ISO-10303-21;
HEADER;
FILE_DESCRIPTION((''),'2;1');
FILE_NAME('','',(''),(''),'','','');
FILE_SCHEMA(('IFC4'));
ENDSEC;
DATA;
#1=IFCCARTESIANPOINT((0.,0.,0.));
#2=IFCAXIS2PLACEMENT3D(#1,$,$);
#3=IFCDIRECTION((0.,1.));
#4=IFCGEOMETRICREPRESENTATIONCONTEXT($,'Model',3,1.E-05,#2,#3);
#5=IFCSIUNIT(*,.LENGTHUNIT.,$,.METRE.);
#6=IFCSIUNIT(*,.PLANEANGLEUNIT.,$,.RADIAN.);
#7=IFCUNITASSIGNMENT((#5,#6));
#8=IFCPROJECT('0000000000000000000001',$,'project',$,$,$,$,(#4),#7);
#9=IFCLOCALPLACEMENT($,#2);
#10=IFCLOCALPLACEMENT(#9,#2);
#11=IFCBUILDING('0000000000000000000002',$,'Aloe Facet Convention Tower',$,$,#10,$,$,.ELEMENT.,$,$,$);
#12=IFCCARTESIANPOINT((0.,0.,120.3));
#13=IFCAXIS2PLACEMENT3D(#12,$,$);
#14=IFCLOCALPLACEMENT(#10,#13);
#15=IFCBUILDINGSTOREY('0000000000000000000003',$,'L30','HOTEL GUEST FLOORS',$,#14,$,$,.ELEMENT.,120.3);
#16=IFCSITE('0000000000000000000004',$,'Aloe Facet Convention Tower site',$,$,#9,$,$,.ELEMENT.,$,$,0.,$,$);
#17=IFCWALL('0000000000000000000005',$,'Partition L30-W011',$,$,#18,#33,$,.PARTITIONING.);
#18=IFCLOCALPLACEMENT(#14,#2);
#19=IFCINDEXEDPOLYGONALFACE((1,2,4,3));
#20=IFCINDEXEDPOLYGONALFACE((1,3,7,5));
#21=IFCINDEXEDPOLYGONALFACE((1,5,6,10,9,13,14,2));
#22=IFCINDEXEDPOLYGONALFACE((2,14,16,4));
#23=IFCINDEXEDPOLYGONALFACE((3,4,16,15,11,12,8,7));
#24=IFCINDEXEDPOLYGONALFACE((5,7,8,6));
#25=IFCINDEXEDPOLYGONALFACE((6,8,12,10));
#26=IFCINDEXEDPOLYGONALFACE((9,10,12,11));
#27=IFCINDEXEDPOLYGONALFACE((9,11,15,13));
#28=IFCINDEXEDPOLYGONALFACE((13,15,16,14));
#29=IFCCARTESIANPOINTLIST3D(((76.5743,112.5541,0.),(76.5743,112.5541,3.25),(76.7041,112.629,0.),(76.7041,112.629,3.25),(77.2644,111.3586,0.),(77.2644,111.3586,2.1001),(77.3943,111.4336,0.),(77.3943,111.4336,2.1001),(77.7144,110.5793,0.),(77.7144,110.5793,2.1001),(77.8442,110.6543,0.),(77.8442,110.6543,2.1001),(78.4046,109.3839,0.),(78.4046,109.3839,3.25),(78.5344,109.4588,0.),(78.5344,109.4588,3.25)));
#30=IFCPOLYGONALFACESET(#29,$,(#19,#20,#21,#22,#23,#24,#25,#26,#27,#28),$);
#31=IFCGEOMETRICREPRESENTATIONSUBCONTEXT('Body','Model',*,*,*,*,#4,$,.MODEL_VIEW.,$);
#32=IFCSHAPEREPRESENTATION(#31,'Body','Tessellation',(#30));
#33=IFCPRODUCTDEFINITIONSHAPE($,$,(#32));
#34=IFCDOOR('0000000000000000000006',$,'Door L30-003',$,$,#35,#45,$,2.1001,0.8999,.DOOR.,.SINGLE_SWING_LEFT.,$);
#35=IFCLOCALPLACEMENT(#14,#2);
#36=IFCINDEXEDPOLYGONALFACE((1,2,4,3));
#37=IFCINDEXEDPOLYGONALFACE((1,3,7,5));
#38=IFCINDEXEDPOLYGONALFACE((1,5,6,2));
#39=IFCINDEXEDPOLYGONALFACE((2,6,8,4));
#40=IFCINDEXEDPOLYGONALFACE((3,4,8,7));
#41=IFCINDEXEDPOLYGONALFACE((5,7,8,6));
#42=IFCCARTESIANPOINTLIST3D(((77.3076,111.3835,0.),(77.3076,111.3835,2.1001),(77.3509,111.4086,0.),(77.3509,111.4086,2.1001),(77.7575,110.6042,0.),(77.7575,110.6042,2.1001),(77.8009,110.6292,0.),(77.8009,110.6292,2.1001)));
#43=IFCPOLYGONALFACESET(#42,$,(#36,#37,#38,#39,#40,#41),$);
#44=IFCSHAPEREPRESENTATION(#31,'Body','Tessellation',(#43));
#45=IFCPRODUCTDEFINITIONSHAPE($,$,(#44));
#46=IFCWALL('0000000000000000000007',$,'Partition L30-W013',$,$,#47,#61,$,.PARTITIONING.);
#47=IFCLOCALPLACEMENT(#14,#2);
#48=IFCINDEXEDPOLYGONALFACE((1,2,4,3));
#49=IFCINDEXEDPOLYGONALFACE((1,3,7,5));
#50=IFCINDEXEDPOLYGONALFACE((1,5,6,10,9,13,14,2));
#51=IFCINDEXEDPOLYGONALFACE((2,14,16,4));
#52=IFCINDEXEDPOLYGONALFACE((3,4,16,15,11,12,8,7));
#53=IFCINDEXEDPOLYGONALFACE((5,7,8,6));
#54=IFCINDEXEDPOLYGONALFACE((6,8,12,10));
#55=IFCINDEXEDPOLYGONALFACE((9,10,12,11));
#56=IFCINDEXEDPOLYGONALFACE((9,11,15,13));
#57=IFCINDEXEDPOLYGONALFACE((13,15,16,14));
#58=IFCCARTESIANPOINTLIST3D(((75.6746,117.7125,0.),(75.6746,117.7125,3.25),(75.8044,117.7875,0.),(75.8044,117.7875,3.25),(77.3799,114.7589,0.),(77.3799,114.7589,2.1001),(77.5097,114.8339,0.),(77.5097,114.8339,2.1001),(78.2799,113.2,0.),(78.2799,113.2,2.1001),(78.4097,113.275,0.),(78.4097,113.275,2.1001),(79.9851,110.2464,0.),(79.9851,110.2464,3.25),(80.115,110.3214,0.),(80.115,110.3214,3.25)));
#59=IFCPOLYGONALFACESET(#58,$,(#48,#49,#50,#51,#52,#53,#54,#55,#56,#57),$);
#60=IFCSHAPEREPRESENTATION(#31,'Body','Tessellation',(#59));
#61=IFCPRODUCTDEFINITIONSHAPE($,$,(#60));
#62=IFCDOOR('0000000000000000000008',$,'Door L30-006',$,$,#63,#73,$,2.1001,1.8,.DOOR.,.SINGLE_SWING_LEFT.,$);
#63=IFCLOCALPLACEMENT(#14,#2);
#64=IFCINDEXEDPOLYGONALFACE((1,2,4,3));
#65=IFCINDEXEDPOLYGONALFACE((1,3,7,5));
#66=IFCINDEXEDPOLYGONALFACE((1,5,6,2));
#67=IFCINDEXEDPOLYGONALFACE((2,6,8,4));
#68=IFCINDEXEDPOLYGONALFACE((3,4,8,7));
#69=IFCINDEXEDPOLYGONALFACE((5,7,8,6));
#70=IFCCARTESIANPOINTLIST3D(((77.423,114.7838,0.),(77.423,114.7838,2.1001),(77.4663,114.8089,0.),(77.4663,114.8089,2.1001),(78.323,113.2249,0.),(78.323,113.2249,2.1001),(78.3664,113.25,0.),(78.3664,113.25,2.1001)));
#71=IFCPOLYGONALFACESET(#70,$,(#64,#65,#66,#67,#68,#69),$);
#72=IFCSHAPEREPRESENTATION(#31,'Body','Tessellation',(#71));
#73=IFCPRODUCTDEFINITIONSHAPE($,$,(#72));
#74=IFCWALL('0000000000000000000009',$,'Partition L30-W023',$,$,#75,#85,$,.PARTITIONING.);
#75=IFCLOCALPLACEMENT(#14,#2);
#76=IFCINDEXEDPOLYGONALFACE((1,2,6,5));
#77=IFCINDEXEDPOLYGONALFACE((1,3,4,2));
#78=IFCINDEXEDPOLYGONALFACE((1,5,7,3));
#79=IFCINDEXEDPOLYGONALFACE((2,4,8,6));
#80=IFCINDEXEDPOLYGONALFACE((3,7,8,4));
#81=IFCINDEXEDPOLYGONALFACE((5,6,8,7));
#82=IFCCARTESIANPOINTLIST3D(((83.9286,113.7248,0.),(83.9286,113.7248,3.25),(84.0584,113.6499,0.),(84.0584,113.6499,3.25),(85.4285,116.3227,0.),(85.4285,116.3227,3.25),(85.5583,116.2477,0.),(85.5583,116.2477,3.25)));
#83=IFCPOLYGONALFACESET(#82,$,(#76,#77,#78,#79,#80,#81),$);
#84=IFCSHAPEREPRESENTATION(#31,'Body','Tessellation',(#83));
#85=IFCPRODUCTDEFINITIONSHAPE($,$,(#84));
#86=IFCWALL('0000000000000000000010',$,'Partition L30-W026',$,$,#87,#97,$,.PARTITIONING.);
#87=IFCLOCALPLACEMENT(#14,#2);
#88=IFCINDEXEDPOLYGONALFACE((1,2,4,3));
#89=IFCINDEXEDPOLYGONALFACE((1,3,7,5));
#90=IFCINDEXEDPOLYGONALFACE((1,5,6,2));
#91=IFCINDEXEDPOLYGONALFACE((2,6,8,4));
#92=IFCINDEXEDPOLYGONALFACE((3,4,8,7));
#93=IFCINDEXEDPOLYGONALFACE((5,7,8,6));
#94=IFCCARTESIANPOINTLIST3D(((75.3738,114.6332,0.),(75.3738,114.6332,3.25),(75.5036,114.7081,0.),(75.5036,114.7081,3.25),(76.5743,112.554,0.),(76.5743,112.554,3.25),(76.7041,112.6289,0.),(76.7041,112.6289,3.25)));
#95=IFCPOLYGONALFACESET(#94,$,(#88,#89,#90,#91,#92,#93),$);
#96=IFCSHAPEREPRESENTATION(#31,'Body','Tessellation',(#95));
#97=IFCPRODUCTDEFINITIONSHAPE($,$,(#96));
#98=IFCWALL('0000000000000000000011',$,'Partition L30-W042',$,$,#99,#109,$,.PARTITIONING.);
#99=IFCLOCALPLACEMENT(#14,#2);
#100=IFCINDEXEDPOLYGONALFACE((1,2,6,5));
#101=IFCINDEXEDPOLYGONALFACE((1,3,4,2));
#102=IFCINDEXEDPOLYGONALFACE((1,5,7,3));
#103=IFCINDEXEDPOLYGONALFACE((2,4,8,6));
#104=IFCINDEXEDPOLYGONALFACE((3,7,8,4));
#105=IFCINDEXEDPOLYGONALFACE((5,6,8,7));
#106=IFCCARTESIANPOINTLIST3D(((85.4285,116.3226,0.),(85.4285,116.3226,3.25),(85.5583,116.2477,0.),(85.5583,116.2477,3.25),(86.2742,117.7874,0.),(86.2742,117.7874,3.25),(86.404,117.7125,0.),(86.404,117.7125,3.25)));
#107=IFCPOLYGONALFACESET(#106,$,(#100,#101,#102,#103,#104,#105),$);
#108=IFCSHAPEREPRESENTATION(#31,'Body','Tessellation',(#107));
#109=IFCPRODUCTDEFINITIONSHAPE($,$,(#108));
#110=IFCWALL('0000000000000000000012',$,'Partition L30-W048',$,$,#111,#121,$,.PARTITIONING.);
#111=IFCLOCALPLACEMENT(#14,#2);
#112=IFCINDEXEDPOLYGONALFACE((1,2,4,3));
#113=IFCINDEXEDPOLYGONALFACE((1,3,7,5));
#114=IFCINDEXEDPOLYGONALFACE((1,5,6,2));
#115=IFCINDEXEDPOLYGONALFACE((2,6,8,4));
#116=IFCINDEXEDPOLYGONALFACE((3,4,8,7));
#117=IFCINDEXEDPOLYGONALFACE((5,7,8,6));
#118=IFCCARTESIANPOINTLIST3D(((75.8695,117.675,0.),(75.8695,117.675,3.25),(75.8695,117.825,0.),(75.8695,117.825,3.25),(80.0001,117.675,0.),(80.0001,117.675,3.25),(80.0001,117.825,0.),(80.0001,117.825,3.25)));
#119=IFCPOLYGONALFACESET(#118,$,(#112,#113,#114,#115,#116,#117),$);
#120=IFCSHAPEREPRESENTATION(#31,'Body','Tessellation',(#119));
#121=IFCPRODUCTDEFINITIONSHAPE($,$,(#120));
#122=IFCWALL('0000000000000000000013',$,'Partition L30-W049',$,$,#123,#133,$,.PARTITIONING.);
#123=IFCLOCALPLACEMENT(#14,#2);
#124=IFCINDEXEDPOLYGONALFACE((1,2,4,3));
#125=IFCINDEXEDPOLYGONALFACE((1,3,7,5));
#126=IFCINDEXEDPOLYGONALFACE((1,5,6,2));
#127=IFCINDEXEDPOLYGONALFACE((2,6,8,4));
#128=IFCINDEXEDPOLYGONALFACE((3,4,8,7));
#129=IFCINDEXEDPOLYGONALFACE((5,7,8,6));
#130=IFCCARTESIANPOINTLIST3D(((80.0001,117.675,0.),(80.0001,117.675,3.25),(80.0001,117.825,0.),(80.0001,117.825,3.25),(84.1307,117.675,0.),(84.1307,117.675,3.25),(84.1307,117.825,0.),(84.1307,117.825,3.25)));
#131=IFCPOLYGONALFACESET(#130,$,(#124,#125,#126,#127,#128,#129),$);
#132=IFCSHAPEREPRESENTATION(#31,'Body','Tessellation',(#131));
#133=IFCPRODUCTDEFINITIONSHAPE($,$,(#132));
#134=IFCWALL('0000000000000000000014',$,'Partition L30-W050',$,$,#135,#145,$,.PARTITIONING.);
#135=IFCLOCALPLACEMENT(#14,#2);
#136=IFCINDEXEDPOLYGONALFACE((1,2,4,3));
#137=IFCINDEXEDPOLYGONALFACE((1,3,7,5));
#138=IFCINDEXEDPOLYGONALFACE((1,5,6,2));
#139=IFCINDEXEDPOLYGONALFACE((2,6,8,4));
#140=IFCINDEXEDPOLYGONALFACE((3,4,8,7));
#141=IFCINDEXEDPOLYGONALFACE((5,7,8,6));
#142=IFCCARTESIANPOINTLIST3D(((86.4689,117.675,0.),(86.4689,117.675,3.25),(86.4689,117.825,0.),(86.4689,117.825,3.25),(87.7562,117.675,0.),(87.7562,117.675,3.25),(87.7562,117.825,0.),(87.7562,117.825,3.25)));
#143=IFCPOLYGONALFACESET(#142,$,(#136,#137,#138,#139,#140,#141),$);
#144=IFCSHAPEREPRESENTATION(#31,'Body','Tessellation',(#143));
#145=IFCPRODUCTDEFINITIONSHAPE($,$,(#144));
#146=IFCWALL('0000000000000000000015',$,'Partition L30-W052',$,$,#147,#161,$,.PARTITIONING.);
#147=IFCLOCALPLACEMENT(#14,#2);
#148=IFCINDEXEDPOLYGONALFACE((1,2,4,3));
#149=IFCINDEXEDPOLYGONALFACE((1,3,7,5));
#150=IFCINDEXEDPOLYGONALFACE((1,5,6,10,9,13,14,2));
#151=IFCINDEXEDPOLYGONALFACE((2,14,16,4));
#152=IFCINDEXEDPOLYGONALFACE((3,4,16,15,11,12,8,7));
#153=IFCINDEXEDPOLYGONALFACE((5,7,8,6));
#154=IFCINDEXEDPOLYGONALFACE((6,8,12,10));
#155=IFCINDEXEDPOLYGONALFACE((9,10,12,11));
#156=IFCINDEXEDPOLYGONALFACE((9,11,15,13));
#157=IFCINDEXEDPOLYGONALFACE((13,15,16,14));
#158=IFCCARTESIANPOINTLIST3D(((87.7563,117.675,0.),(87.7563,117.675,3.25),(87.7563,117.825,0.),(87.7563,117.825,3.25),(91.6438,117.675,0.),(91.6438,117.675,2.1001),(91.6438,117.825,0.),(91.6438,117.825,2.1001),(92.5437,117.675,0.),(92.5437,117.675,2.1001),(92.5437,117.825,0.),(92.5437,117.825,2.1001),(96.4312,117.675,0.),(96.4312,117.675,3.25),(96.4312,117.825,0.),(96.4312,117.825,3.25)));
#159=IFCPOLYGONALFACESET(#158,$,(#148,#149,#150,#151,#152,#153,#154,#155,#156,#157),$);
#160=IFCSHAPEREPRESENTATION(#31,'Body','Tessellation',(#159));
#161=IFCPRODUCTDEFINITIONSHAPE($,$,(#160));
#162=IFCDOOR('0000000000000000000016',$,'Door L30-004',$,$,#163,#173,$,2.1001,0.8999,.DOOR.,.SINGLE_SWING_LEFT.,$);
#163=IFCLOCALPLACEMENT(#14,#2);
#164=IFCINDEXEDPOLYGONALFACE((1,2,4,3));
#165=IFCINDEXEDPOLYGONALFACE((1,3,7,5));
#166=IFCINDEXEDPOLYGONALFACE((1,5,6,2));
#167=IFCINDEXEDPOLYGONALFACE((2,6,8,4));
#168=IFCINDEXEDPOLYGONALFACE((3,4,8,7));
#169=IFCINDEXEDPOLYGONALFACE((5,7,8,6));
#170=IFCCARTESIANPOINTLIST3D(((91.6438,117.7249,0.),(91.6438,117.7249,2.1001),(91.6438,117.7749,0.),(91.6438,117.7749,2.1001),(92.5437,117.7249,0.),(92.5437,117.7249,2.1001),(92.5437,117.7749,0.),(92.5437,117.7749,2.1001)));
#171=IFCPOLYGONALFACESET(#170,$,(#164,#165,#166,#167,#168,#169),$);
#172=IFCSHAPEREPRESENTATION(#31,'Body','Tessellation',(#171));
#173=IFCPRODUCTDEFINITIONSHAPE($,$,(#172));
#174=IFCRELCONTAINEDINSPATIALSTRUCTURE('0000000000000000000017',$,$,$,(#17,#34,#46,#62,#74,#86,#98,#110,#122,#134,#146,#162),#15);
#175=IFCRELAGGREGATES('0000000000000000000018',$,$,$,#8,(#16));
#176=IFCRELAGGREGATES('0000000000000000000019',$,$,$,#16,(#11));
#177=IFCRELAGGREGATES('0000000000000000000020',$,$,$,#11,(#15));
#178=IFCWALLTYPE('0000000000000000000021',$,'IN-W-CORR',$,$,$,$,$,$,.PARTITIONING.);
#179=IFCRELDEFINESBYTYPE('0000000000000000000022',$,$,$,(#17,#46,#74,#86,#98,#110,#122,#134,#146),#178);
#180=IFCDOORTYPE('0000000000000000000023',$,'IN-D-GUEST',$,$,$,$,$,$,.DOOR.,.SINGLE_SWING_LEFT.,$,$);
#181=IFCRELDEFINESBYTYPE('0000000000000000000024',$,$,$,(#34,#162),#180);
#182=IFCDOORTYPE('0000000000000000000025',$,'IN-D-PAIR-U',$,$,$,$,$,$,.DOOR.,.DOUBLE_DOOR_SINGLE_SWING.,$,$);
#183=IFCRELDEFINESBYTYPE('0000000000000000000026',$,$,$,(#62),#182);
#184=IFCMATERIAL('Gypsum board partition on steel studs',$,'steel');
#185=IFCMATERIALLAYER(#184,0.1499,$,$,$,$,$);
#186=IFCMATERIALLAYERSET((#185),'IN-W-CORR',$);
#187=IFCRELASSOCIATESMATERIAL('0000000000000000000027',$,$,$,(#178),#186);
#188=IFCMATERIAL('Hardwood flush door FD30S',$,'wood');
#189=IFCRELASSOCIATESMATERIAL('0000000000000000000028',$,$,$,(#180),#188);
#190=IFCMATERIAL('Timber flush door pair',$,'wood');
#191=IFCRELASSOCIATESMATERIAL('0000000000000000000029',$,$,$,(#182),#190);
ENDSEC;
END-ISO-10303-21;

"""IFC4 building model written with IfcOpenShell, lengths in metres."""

from ifc_helpers import new_model, si_unit, direction, frame, frame_2d, origin, place, context, subcontext, project, spatial, rectangle, extrude, material, layer, layer_set, type_object, element, fill, save


model = new_model("IFC4")

# Units and contexts
model_context = context("Model", 3, precision=1e-05, world=origin(), true_north=direction((0.0, 1.0)))
body_context = subcontext(model_context, "Body", "Model", "MODEL_VIEW")
ifc_project = project(units=[si_unit("LENGTHUNIT", "METRE"), si_unit("PLANEANGLEUNIT", "RADIAN")], contexts=[model_context])

# Site, building, storey
site_placement = place(None, origin())
site = spatial("IfcSite", under=ifc_project, at=site_placement, Name="Aloe Facet Convention Tower site", CompositionType="ELEMENT", RefElevation=0.0)
building_placement = place(site_placement, origin())
building = spatial("IfcBuilding", under=site, at=building_placement, Name="Aloe Facet Convention Tower", CompositionType="ELEMENT")
storey_placement = place(building_placement, frame((0.0, 0.0, 120.3)))
storey = spatial("IfcBuildingStorey", under=building, at=storey_placement, Name="L30", Description="HOTEL GUEST FLOORS", CompositionType="ELEMENT", Elevation=120.3)

# Walls, openings, doors
ifc_material_1 = material(Name="Gypsum board partition on steel studs", Category="steel")
ifc_layer_1 = layer(ifc_material_1, 0.1499)
ifc_layer_set_1 = layer_set([ifc_layer_1], Name="IN-W-CORR")
wall_type_1 = type_object("IfcWallType", Name="IN-W-CORR", PredefinedType="PARTITIONING", material=ifc_layer_set_1)
wall_1_placement = place(storey_placement, frame((76.6392, 112.5916, 0.0), z_axis=(0.0, 0.0, 1.0), x_axis=(0.500005, -0.866022, 0.0)))
wall_1 = element("IfcWall", 1, at=wall_1_placement, inside=storey, type_object=wall_type_1, Name="Partition L30-W011", PredefinedType="PARTITIONING", context=body_context, shape_type="SweptSolid", body=[
    extrude(rectangle(XDim=3.6606, YDim=0.1499, at=frame_2d((1.8303, 0.0))), origin(), (0.0, 0.0, 1.0), 3.25),
])
opening_1_placement = place(wall_1_placement, frame((1.3804, 0.0, 0.0)))
opening_1 = element("IfcOpeningElement", 2, at=opening_1_placement, cuts=wall_1, PredefinedType="OPENING", context=body_context, shape_type="SweptSolid", body=[
    extrude(rectangle(XDim=0.8999, YDim=2.1001, at=frame_2d((0.45, 1.05))), frame((0.0, 0.085, 0.0), z_axis=(0.0, -1.0, 0.0), x_axis=(1.0, 0.0, 0.0)), (0.0, 0.0, 1.0), 0.1699),
])
ifc_material_2 = material(Name="Hardwood flush door FD30S", Category="wood")
door_type_1 = type_object("IfcDoorType", Name="IN-D-GUEST", OperationType="SINGLE_SWING_LEFT", PredefinedType="DOOR", material=ifc_material_2)
door_1_placement = place(opening_1_placement, origin())
door_1 = element("IfcDoor", 3, at=door_1_placement, inside=storey, type_object=door_type_1, Name="Door L30-003", OperationType="SINGLE_SWING_LEFT", OverallHeight=2.1001, OverallWidth=0.8999, PredefinedType="DOOR", context=body_context, shape_type="SweptSolid", body=[
    extrude(rectangle(XDim=0.8999, YDim=2.1001, at=frame_2d((0.45, 1.05))), frame((0.0, 0.0249, 0.0), z_axis=(0.0, -1.0, 0.0), x_axis=(1.0, 0.0, 0.0)), (0.0, 0.0, 1.0), 0.05),
])
fill(opening_1, door_1)
wall_2_placement = place(storey_placement, frame((75.7395, 117.75, 0.0), z_axis=(0.0, 0.0, 1.0), x_axis=(0.500001, -0.866025, 0.0)))
wall_2 = element("IfcWall", 4, at=wall_2_placement, inside=storey, type_object=wall_type_1, Name="Partition L30-W013", PredefinedType="PARTITIONING", context=body_context, shape_type="SweptSolid", body=[
    extrude(rectangle(XDim=8.6211, YDim=0.1499, at=frame_2d((4.3105, 0.0))), origin(), (0.0, 0.0, 1.0), 3.25),
])
opening_2_placement = place(wall_2_placement, frame((3.4106, 0.0, 0.0)))
opening_2 = element("IfcOpeningElement", 5, at=opening_2_placement, cuts=wall_2, PredefinedType="OPENING", context=body_context, shape_type="SweptSolid", body=[
    extrude(rectangle(XDim=1.8, YDim=2.1001, at=frame_2d((0.8999, 1.05))), frame((0.0, 0.085, 0.0), z_axis=(0.0, -1.0, 0.0), x_axis=(1.0, 0.0, 0.0)), (0.0, 0.0, 1.0), 0.1699),
])
ifc_material_3 = material(Name="Timber flush door pair", Category="wood")
door_type_2 = type_object("IfcDoorType", Name="IN-D-PAIR-U", OperationType="DOUBLE_DOOR_SINGLE_SWING", PredefinedType="DOOR", material=ifc_material_3)
door_2_placement = place(opening_2_placement, origin())
door_2 = element("IfcDoor", 6, at=door_2_placement, inside=storey, type_object=door_type_2, Name="Door L30-006", OperationType="SINGLE_SWING_LEFT", OverallHeight=2.1001, OverallWidth=1.8, PredefinedType="DOOR", context=body_context, shape_type="SweptSolid", body=[
    extrude(rectangle(XDim=1.8, YDim=2.1001, at=frame_2d((0.8999, 1.05))), frame((0.0, 0.0249, 0.0), z_axis=(0.0, -1.0, 0.0), x_axis=(1.0, 0.0, 0.0)), (0.0, 0.0, 1.0), 0.05),
])
fill(opening_2, door_2)

# Walls
wall_3_placement = place(storey_placement, frame((83.9934, 113.6873, 0.0), z_axis=(0.0, 0.0, 1.0), x_axis=(0.500025, 0.866011, 0.0)))
element("IfcWall", 7, at=wall_3_placement, inside=storey, type_object=wall_type_1, Name="Partition L30-W023", PredefinedType="PARTITIONING", context=body_context, shape_type="SweptSolid", body=[
    extrude(rectangle(XDim=2.9998, YDim=0.1499, at=frame_2d((1.5, 0.0))), origin(), (0.0, 0.0, 1.0), 3.25),
])
wall_4_placement = place(storey_placement, frame((75.4387, 114.6707, 0.0), z_axis=(0.0, 0.0, 1.0), x_axis=(0.500022, -0.866013, 0.0)))
element("IfcWall", 8, at=wall_4_placement, inside=storey, type_object=wall_type_1, Name="Partition L30-W026", PredefinedType="PARTITIONING", context=body_context, shape_type="SweptSolid", body=[
    extrude(rectangle(XDim=2.4009, YDim=0.1499, at=frame_2d((1.2004, 0.0))), origin(), (0.0, 0.0, 1.0), 3.25),
])
wall_5_placement = place(storey_placement, frame((85.4934, 116.2852, 0.0), z_axis=(0.0, 0.0, 1.0), x_axis=(0.499989, 0.866032, 0.0)))
element("IfcWall", 9, at=wall_5_placement, inside=storey, type_object=wall_type_1, Name="Partition L30-W042", PredefinedType="PARTITIONING", context=body_context, shape_type="SweptSolid", body=[
    extrude(rectangle(XDim=1.6914, YDim=0.1499, at=frame_2d((0.8457, 0.0))), origin(), (0.0, 0.0, 1.0), 3.25),
])
for number, where, z_axis, x_axis, name in (
    (10, (75.8694, 117.75, 0.0), (0.0, 0.0, 1.0), (1.0, 0.0, 0.0), "Partition L30-W048"),
    (11, (80.0, 117.75, 0.0), (0.0, 0.0, 1.0), (1.0, 0.0, 0.0), "Partition L30-W049"),
):
    element("IfcWall", number, at=place(storey_placement, frame(where, z_axis=z_axis, x_axis=x_axis)), inside=storey, type_object=wall_type_1, Name=name, PredefinedType="PARTITIONING", context=body_context, shape_type="SweptSolid", body=[
        extrude(rectangle(XDim=4.1306, YDim=0.1499, at=frame_2d((2.0654, 0.0))), origin(), (0.0, 0.0, 1.0), 3.25),
    ])
wall_6_placement = place(storey_placement, frame((86.469, 117.75, 0.0), z_axis=(0.0, 0.0, 1.0), x_axis=(1.0, 0.0, 0.0)))
element("IfcWall", 12, at=wall_6_placement, inside=storey, type_object=wall_type_1, Name="Partition L30-W050", PredefinedType="PARTITIONING", context=body_context, shape_type="SweptSolid", body=[
    extrude(rectangle(XDim=1.2874, YDim=0.1499, at=frame_2d((0.6436, 0.0))), origin(), (0.0, 0.0, 1.0), 3.25),
])

# Wall, opening, door
wall_7_placement = place(storey_placement, frame((87.7563, 117.75, 0.0), z_axis=(0.0, 0.0, 1.0), x_axis=(1.0, 0.0, 0.0)))
wall_7 = element("IfcWall", 13, at=wall_7_placement, inside=storey, type_object=wall_type_1, Name="Partition L30-W052", PredefinedType="PARTITIONING", context=body_context, shape_type="SweptSolid", body=[
    extrude(rectangle(XDim=8.6748, YDim=0.1499, at=frame_2d((4.3374, 0.0))), origin(), (0.0, 0.0, 1.0), 3.25),
])
opening_3_placement = place(wall_7_placement, frame((3.8875, 0.0, 0.0)))
opening_3 = element("IfcOpeningElement", 14, at=opening_3_placement, cuts=wall_7, PredefinedType="OPENING", context=body_context, shape_type="SweptSolid", body=[
    extrude(rectangle(XDim=0.8999, YDim=2.1001, at=frame_2d((0.45, 1.05))), frame((0.0, 0.085, 0.0), z_axis=(0.0, -1.0, 0.0), x_axis=(1.0, 0.0, 0.0)), (0.0, 0.0, 1.0), 0.1699),
])
door_3_placement = place(opening_3_placement, origin())
door_3 = element("IfcDoor", 15, at=door_3_placement, inside=storey, type_object=door_type_1, Name="Door L30-004", OperationType="SINGLE_SWING_LEFT", OverallHeight=2.1001, OverallWidth=0.8999, PredefinedType="DOOR", context=body_context, shape_type="SweptSolid", body=[
    extrude(rectangle(XDim=0.8999, YDim=2.1001, at=frame_2d((0.45, 1.05))), frame((0.0, 0.0249, 0.0), z_axis=(0.0, -1.0, 0.0), x_axis=(1.0, 0.0, 0.0)), (0.0, 0.0, 1.0), 0.05),
])
fill(opening_3, door_3)

save(model, "model.ifc")
